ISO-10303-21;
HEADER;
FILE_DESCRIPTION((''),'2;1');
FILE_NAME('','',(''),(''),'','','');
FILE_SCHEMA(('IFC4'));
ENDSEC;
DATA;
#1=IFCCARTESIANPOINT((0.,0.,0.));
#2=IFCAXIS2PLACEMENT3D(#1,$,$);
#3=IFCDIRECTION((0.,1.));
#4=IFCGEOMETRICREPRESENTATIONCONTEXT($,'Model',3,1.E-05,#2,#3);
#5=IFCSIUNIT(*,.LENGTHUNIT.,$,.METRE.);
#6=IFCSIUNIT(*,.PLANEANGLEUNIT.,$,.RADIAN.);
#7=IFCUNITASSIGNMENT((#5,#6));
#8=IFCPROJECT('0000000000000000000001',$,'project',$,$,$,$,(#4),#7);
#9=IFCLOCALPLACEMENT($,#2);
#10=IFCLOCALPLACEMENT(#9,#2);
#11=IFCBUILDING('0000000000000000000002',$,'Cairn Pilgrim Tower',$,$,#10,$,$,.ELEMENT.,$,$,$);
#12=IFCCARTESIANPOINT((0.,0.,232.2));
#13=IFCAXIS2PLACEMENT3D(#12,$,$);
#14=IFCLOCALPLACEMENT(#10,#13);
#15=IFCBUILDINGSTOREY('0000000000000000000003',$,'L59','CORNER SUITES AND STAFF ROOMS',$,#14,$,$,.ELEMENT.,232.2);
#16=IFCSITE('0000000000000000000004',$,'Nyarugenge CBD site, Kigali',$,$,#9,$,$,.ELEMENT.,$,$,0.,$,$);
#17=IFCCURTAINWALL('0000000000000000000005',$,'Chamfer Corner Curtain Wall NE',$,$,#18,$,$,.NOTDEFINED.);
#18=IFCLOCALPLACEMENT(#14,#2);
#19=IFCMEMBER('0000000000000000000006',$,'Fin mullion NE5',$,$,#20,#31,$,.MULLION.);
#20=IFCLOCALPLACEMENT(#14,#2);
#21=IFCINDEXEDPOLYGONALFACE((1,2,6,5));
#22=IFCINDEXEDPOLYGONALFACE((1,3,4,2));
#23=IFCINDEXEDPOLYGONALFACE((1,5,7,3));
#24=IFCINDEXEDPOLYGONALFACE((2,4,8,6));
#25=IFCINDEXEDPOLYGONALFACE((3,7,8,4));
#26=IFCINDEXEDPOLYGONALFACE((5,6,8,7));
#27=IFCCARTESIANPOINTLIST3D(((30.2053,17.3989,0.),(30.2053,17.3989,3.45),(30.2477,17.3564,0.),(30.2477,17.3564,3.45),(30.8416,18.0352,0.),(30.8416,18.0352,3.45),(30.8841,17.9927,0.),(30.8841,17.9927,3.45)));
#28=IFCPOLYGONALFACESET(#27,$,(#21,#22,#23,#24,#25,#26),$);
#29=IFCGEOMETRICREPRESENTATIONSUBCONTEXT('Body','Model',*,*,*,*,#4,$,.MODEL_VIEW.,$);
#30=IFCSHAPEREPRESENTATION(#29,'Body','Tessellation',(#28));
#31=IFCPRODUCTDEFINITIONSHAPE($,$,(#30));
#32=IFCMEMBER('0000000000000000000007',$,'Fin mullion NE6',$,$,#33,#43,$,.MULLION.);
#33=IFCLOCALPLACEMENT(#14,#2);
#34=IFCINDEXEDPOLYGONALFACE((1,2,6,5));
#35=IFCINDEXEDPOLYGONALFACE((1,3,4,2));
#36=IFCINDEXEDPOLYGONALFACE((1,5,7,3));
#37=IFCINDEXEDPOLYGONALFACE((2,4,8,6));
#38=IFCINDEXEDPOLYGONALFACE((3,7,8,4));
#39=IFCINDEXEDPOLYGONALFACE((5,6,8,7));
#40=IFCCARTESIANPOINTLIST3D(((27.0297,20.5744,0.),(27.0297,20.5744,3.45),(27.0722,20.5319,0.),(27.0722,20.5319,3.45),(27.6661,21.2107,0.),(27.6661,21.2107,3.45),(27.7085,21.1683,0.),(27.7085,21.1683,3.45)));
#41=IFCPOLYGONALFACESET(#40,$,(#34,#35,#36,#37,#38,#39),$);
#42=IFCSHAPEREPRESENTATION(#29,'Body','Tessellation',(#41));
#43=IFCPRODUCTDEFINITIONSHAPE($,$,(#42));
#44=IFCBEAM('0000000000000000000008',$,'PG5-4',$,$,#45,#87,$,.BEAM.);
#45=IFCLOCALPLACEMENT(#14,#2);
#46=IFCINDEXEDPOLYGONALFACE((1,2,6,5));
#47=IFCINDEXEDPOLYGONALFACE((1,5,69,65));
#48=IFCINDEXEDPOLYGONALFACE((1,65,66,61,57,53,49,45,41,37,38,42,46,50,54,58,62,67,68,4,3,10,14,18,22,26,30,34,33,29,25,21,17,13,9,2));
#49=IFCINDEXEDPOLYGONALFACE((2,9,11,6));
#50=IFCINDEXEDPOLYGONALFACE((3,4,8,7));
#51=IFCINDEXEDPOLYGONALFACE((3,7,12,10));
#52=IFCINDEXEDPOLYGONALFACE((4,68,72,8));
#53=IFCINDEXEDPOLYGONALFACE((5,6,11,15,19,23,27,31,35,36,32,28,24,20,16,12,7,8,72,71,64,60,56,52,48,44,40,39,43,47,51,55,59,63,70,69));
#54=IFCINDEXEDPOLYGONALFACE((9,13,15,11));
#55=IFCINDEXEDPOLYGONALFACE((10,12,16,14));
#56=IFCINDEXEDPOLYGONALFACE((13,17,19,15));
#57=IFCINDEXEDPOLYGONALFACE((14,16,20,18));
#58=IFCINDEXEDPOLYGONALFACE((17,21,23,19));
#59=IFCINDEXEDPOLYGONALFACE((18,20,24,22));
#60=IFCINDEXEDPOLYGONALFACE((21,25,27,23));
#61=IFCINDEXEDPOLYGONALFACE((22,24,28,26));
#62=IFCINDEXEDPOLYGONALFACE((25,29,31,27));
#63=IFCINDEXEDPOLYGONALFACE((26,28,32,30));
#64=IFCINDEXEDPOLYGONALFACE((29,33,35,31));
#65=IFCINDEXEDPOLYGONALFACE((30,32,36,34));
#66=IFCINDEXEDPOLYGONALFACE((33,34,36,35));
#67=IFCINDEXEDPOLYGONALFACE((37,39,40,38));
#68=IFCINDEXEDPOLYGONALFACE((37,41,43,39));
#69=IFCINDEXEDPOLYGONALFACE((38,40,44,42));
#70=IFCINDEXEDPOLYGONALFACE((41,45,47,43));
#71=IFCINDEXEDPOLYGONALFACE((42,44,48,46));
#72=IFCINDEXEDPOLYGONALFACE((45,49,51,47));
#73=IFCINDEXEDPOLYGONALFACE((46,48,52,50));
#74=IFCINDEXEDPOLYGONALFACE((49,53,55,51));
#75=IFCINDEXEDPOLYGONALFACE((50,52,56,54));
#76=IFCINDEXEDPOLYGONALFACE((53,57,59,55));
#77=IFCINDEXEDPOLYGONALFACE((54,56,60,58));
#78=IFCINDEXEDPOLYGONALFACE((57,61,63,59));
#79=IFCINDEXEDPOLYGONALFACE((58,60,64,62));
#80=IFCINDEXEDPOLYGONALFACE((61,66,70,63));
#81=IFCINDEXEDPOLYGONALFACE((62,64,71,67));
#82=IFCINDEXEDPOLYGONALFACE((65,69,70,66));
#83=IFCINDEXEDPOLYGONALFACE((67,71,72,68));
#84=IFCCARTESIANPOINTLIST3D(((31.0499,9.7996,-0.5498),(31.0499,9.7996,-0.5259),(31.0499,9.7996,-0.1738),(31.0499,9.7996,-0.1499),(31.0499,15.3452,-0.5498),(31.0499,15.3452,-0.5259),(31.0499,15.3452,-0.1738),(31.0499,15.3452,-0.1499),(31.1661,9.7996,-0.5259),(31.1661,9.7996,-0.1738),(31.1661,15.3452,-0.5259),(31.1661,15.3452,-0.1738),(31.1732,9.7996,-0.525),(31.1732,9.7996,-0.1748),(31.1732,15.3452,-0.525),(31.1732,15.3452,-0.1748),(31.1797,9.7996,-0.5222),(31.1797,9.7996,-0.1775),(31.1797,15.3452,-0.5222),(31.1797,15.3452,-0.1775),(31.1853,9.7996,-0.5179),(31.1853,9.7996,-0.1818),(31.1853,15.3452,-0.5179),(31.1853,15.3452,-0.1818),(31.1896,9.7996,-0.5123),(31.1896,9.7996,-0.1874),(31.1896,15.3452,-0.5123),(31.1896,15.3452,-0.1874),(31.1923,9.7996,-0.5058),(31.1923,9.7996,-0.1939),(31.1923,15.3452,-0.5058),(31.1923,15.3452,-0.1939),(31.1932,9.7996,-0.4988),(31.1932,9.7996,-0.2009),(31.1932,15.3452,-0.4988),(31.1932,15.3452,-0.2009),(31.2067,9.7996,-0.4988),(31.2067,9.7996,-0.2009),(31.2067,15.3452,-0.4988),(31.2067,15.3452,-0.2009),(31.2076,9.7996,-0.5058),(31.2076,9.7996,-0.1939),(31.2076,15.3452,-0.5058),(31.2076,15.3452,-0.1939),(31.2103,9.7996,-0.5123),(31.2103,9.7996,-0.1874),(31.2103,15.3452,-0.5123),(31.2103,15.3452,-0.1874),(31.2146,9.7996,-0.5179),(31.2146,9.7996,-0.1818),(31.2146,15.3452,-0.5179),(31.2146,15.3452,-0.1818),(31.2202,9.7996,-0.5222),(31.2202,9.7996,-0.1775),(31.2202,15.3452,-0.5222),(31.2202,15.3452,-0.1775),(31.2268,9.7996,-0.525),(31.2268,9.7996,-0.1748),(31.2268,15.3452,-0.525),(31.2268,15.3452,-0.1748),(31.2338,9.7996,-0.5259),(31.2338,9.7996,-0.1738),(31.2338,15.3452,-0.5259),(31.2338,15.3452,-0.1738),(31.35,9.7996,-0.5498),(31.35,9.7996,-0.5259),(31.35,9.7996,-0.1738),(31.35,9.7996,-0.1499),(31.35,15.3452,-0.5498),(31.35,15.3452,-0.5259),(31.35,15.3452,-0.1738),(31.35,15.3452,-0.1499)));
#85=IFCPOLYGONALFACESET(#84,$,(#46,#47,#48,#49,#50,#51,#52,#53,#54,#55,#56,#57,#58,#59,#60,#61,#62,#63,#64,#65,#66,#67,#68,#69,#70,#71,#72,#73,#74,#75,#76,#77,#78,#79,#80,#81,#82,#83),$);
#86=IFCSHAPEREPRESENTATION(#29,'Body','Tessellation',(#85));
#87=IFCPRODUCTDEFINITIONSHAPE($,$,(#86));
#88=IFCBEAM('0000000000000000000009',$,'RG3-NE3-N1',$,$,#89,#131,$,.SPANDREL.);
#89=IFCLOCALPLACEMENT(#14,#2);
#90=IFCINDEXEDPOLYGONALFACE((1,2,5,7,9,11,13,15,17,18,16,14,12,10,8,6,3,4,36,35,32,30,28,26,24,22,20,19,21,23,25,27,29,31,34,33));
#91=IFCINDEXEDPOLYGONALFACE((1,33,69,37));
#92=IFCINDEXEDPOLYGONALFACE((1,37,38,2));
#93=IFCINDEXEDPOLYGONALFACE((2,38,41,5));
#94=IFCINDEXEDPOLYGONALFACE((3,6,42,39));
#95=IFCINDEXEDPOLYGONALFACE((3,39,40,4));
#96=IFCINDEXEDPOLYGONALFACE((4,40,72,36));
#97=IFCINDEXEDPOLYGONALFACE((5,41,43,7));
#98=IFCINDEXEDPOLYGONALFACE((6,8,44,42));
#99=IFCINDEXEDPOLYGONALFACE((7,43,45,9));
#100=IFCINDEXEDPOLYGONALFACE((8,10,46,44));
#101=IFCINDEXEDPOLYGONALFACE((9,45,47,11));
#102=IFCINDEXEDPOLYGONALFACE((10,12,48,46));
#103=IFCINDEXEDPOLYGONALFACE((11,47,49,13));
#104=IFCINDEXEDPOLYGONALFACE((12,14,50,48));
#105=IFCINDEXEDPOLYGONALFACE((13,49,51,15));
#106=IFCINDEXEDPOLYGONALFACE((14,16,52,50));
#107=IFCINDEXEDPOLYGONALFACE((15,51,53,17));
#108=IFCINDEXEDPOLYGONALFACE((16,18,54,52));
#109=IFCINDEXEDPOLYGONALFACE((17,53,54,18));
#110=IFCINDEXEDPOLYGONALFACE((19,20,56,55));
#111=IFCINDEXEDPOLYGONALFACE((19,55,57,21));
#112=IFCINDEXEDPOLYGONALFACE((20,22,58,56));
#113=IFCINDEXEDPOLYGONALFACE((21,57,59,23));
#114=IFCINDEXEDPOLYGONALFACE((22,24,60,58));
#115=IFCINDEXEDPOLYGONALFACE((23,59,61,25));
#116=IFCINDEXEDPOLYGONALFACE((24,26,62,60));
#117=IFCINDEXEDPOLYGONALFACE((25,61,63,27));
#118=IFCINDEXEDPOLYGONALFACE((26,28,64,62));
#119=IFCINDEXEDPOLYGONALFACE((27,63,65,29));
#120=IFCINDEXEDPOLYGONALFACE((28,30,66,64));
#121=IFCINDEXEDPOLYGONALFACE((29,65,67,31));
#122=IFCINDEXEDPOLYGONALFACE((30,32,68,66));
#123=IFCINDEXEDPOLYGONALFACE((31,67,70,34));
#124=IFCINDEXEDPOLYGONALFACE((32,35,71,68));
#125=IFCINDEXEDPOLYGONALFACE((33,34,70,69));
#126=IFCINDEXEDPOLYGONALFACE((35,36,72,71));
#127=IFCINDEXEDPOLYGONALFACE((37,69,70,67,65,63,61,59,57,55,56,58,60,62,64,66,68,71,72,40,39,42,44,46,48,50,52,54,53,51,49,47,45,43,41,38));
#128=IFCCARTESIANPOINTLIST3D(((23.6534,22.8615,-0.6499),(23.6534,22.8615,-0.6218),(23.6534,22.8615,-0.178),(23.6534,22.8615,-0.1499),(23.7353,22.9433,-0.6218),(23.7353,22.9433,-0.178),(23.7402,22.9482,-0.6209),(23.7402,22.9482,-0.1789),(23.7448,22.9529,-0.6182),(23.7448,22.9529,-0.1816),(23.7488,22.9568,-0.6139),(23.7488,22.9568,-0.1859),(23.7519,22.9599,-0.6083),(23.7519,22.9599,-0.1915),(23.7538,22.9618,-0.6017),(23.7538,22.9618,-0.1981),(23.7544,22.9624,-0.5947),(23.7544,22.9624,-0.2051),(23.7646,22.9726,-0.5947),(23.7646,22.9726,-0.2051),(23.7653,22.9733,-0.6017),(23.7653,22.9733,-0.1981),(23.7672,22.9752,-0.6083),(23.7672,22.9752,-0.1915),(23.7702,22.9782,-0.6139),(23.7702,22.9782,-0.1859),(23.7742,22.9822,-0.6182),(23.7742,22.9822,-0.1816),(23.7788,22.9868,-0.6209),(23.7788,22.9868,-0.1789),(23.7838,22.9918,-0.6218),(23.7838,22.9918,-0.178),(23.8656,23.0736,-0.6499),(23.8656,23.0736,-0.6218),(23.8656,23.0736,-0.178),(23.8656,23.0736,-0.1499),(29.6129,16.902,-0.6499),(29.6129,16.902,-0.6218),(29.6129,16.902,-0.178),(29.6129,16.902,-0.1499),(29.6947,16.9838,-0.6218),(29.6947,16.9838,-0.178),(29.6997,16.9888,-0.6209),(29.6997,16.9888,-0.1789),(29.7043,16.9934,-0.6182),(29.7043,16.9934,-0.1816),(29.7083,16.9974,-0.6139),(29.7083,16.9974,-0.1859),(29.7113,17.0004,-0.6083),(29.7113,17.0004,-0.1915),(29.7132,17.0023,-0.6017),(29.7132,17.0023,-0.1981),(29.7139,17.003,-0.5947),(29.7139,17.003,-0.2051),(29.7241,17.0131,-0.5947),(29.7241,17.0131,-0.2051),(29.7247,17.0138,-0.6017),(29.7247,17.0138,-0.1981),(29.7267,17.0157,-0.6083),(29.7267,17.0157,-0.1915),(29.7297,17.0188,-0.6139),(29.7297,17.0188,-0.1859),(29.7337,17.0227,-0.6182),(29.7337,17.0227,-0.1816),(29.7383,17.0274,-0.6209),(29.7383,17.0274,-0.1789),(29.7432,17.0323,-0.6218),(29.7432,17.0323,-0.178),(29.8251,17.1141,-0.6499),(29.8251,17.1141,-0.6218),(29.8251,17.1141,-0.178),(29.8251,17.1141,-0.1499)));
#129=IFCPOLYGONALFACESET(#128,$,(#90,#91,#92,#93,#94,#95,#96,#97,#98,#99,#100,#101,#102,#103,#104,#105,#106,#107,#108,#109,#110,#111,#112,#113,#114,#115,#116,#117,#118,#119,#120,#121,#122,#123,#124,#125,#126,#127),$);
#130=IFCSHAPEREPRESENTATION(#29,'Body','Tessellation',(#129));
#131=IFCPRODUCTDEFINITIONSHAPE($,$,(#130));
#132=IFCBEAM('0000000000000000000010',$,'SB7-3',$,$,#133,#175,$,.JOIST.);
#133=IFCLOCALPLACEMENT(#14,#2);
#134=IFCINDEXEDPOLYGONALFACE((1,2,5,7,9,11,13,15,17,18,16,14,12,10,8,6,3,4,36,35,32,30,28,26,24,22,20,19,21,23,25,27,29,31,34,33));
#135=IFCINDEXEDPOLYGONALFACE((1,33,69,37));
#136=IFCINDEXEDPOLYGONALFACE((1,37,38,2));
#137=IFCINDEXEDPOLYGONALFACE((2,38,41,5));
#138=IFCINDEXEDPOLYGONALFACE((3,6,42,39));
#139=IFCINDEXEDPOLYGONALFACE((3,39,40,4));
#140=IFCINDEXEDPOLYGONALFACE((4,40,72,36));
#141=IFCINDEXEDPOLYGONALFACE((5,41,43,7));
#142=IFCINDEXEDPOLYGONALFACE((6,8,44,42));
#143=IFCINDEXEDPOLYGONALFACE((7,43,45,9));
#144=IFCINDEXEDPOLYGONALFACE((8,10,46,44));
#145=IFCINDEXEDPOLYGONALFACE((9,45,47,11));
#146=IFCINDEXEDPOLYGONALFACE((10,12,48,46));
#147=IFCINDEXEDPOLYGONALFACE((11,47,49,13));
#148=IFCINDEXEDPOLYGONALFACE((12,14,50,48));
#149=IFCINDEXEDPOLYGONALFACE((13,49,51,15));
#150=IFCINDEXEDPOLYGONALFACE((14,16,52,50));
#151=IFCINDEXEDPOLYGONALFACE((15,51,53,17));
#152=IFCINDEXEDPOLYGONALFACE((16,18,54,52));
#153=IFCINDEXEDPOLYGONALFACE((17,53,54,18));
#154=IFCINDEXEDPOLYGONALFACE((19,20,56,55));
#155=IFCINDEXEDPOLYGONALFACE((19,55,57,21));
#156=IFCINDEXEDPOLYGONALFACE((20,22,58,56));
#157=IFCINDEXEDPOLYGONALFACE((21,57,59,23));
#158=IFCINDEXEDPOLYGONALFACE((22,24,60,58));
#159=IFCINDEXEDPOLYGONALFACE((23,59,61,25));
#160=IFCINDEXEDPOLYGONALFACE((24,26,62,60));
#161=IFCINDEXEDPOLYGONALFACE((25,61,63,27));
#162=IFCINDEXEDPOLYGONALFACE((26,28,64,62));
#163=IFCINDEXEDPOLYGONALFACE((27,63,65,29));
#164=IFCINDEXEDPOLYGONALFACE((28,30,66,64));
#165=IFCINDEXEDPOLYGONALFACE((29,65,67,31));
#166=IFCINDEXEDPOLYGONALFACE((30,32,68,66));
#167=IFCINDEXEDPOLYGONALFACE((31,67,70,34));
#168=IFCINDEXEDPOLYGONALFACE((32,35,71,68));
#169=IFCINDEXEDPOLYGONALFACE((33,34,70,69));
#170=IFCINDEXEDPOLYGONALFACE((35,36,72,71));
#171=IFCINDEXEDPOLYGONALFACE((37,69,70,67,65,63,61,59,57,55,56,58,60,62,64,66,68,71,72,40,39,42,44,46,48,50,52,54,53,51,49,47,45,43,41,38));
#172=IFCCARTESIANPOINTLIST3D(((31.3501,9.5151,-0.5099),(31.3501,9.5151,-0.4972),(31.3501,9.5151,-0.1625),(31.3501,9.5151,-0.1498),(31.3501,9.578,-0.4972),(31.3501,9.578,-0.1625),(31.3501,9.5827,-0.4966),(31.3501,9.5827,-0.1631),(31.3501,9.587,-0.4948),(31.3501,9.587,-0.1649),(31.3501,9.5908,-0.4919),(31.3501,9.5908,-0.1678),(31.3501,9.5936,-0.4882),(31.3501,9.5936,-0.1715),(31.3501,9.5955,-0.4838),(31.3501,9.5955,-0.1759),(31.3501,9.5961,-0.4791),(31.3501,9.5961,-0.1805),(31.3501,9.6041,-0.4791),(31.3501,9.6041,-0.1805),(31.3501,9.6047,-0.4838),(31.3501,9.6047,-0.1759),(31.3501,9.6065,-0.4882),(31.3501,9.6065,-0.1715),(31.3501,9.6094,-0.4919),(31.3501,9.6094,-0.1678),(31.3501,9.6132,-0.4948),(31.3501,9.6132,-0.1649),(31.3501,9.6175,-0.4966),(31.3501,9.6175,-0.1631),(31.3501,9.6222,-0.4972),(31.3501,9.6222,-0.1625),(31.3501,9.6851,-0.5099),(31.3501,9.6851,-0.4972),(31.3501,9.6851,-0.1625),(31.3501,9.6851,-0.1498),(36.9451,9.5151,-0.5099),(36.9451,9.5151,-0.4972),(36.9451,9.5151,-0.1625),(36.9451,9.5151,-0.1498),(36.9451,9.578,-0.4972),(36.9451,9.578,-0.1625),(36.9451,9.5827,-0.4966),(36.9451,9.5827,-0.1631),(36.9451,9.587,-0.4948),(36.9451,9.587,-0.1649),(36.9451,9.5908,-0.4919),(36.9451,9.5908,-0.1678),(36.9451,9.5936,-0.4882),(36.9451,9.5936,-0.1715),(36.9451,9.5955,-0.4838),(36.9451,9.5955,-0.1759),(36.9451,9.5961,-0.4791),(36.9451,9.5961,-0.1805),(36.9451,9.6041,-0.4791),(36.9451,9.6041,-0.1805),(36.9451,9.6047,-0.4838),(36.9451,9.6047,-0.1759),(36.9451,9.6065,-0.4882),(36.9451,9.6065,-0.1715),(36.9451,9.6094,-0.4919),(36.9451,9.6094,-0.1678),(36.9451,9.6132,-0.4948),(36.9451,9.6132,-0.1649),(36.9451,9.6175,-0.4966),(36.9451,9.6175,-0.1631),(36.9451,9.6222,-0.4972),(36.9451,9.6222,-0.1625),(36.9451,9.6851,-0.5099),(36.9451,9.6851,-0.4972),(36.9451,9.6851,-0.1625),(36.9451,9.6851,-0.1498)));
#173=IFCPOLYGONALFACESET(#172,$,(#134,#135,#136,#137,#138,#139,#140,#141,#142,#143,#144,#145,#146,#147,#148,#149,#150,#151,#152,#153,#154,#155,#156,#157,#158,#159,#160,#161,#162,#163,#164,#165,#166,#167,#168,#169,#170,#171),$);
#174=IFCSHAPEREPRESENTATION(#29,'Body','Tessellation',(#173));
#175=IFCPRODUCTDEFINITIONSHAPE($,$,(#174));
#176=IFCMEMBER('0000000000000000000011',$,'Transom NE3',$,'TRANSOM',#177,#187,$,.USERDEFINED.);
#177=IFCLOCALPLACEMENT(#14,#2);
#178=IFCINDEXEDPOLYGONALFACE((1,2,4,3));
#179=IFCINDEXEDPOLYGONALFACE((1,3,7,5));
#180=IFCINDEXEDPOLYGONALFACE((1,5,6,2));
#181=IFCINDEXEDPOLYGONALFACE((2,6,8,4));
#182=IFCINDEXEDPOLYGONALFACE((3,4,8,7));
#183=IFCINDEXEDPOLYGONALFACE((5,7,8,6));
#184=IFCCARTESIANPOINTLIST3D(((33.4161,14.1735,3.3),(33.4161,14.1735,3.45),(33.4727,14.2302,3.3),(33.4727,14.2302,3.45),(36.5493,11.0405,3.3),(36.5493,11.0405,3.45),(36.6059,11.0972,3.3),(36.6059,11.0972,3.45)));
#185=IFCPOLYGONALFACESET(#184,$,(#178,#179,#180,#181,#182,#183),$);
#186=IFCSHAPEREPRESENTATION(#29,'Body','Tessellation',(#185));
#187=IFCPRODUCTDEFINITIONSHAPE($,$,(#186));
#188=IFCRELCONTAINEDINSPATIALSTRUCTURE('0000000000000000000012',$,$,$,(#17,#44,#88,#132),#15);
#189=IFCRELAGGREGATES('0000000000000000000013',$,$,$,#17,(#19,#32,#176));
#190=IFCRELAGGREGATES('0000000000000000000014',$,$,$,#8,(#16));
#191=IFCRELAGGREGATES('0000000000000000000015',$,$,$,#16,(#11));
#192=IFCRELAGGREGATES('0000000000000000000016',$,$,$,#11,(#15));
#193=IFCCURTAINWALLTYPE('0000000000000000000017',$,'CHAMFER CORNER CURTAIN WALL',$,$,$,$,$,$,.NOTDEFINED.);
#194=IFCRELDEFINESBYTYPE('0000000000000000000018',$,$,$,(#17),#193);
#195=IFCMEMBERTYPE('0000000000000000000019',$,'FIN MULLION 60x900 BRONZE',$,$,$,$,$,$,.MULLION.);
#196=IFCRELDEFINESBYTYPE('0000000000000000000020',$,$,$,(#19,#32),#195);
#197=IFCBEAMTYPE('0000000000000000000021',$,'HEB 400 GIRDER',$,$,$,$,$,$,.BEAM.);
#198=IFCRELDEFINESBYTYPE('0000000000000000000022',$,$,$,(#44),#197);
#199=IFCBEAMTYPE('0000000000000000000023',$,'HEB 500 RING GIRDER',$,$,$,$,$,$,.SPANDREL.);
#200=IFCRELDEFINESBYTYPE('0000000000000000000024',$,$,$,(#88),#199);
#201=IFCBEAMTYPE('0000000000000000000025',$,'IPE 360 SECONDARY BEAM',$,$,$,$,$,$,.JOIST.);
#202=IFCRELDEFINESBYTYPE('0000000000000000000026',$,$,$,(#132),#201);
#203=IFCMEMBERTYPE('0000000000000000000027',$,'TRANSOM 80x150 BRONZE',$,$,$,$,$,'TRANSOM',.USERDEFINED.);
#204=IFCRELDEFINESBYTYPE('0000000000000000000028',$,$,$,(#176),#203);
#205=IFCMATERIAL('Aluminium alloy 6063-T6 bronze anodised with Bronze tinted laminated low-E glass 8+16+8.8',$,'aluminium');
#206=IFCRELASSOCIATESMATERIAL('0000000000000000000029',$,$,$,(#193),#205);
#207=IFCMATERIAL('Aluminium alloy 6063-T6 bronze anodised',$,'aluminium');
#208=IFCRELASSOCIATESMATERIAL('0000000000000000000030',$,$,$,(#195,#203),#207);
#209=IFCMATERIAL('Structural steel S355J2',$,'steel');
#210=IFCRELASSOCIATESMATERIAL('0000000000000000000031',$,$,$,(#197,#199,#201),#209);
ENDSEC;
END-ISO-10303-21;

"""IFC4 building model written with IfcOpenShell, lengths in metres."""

from ifc_helpers import new_model, si_unit, direction, frame, origin, origin_2d, place, context, subcontext, project, spatial, rectangle, i_section, extrude, material, material_profile, profile_set, type_object, element, aggregate, save


model = new_model("IFC4")

# Units and contexts
model_context = context("Model", 3, precision=1e-05, world=origin(), true_north=direction((0.0, 1.0)))
body_context = subcontext(model_context, "Body", "Model", "MODEL_VIEW")
ifc_project = project(units=[si_unit("LENGTHUNIT", "METRE"), si_unit("PLANEANGLEUNIT", "RADIAN")], contexts=[model_context])

# Site, building, storey
site_placement = place(None, origin())
site = spatial("IfcSite", under=ifc_project, at=site_placement, Name="Nyarugenge CBD site, Kigali", CompositionType="ELEMENT", RefElevation=0.0)
building_placement = place(site_placement, origin())
building = spatial("IfcBuilding", under=site, at=building_placement, Name="Cairn Pilgrim Tower", CompositionType="ELEMENT")
storey_placement = place(building_placement, frame((0.0, 0.0, 232.2)))
storey = spatial("IfcBuildingStorey", under=building, at=storey_placement, Name="L59", Description="CORNER SUITES AND STAFF ROOMS", CompositionType="ELEMENT", Elevation=232.2)

# Shared definitions
ifc_material_1 = material(Name="Structural steel S355J2", Category="steel")

# Curtain wall, members
ifc_material_2 = material(Name="Aluminium alloy 6063-T6 bronze anodised with Bronze tinted laminated low-E glass 8+16+8.8", Category="aluminium")
curtain_wall_type = type_object("IfcCurtainWallType", Name="CHAMFER CORNER CURTAIN WALL", PredefinedType="NOTDEFINED", material=ifc_material_2)
curtain_wall_placement = place(storey_placement, origin())
curtain_wall = element("IfcCurtainWall", 1, at=curtain_wall_placement, inside=storey, type_object=curtain_wall_type, Name="Chamfer Corner Curtain Wall NE", PredefinedType="NOTDEFINED")
ifc_material_3 = material(Name="Aluminium alloy 6063-T6 bronze anodised", Category="aluminium")
ifc_material_profile_1 = material_profile(ifc_material_3, rectangle(XDim=0.8999, YDim=0.0601, at=origin_2d()), Name="FIN MULLION 60x900 BRONZE")
ifc_profile_set_1 = profile_set([ifc_material_profile_1], Name="Aluminium alloy 6063-T6 bronze anodised")
member_type_1 = type_object("IfcMemberType", Name="FIN MULLION 60x900 BRONZE", PredefinedType="MULLION", material=ifc_profile_set_1)
member_1_placement = place(storey_placement, frame((30.5447, 17.6958, 0.0), z_axis=(0.0, 0.0, 1.0), x_axis=(0.707107, 0.707107, 0.0)))
member_1 = element("IfcMember", 2, at=member_1_placement, type_object=member_type_1, Name="Fin mullion NE5", PredefinedType="MULLION", context=body_context, shape_type="SweptSolid", body=[
    extrude(rectangle(XDim=0.8999, YDim=0.0601, at=origin_2d()), origin(), (0.0, 0.0, 1.0), 3.45),
])
member_2_placement = place(storey_placement, frame((27.3691, 20.8713, 0.0), z_axis=(0.0, 0.0, 1.0), x_axis=(0.707107, 0.707107, 0.0)))
member_2 = element("IfcMember", 3, at=member_2_placement, type_object=member_type_1, Name="Fin mullion NE6", PredefinedType="MULLION", context=body_context, shape_type="SweptSolid", body=[
    extrude(rectangle(XDim=0.8999, YDim=0.0601, at=origin_2d()), origin(), (0.0, 0.0, 1.0), 3.45),
])

# Beams
ifc_material_profile_2 = material_profile(ifc_material_1, i_section(OverallWidth=0.3, OverallDepth=0.3999, WebThickness=0.0134, FlangeThickness=0.0239, FilletRadius=0.0271, at=origin_2d()), Name="HEB 400")
ifc_profile_set_2 = profile_set([ifc_material_profile_2], Name="Structural steel S355J2")
beam_type_1 = type_object("IfcBeamType", Name="HEB 400 GIRDER", PredefinedType="BEAM", material=ifc_profile_set_2)
beam_1_placement = place(storey_placement, frame((31.2, 9.7996, -0.3499), z_axis=(0.0, 1.0, 0.0), x_axis=(-1.0, 0.0, 0.0)))
element("IfcBeam", 4, at=beam_1_placement, inside=storey, type_object=beam_type_1, Name="PG5-4", PredefinedType="BEAM", context=body_context, shape_type="SweptSolid", body=[
    extrude(i_section(OverallWidth=0.3, OverallDepth=0.3999, WebThickness=0.0134, FlangeThickness=0.0239, FilletRadius=0.0271, at=origin_2d()), origin(), (0.0, 0.0, 1.0), 5.5457),
])
ifc_material_profile_3 = material_profile(ifc_material_1, i_section(OverallWidth=0.3, OverallDepth=0.5, WebThickness=0.0144, FlangeThickness=0.0281, FilletRadius=0.0271, at=origin_2d()), Name="HEB 500")
ifc_profile_set_3 = profile_set([ifc_material_profile_3], Name="Structural steel S355J2")
beam_type_2 = type_object("IfcBeamType", Name="HEB 500 RING GIRDER", PredefinedType="SPANDREL", material=ifc_profile_set_3)
beam_2_placement = place(storey_placement, frame((29.719, 17.0081, -0.3999), z_axis=(-0.707107, 0.707107, 0.0), x_axis=(-0.707107, -0.707107, 0.0)))
element("IfcBeam", 5, at=beam_2_placement, inside=storey, type_object=beam_type_2, Name="RG3-NE3-N1", PredefinedType="SPANDREL", context=body_context, shape_type="SweptSolid", body=[
    extrude(i_section(OverallWidth=0.3, OverallDepth=0.5, WebThickness=0.0144, FlangeThickness=0.0281, FilletRadius=0.0271, at=origin_2d()), origin(), (0.0, 0.0, 1.0), 8.428),
])
ifc_material_profile_4 = material_profile(ifc_material_1, i_section(OverallWidth=0.1699, OverallDepth=0.3601, WebThickness=0.0081, FlangeThickness=0.0127, FilletRadius=0.0181, at=origin_2d()), Name="IPE 360")
ifc_profile_set_4 = profile_set([ifc_material_profile_4], Name="Structural steel S355J2")
beam_type_3 = type_object("IfcBeamType", Name="IPE 360 SECONDARY BEAM", PredefinedType="JOIST", material=ifc_profile_set_4)
beam_3_placement = place(storey_placement, frame((31.3501, 9.6001, -0.3298), z_axis=(1.0, 0.0, 0.0), x_axis=(0.0, 1.0, 0.0)))
element("IfcBeam", 6, at=beam_3_placement, inside=storey, type_object=beam_type_3, Name="SB7-3", PredefinedType="JOIST", context=body_context, shape_type="SweptSolid", body=[
    extrude(i_section(OverallWidth=0.1699, OverallDepth=0.3601, WebThickness=0.0081, FlangeThickness=0.0127, FilletRadius=0.0181, at=origin_2d()), origin(), (0.0, 0.0, 1.0), 5.595),
])

# Member
ifc_material_profile_5 = material_profile(ifc_material_3, rectangle(XDim=0.0801, YDim=0.1499, at=origin_2d()), Name="TRANSOM 80x150 BRONZE")
ifc_profile_set_5 = profile_set([ifc_material_profile_5], Name="Aluminium alloy 6063-T6 bronze anodised")
member_type_2 = type_object("IfcMemberType", Name="TRANSOM 80x150 BRONZE", ElementType="TRANSOM", PredefinedType="USERDEFINED", material=ifc_profile_set_5)
member_3_placement = place(storey_placement, frame((36.5776, 11.0688, 3.375), z_axis=(-0.707134, 0.707079, 0.0), x_axis=(-0.707079, -0.707134, 0.0)))
member_3 = element("IfcMember", 7, at=member_3_placement, type_object=member_type_2, Name="Transom NE3", ObjectType="TRANSOM", PredefinedType="USERDEFINED", context=body_context, shape_type="SweptSolid", body=[
    extrude(rectangle(XDim=0.0801, YDim=0.1499, at=origin_2d()), origin(), (0.0, 0.0, 1.0), 4.4309),
])

aggregate(curtain_wall, [member_1, member_2, member_3])

save(model, "model.ifc")
